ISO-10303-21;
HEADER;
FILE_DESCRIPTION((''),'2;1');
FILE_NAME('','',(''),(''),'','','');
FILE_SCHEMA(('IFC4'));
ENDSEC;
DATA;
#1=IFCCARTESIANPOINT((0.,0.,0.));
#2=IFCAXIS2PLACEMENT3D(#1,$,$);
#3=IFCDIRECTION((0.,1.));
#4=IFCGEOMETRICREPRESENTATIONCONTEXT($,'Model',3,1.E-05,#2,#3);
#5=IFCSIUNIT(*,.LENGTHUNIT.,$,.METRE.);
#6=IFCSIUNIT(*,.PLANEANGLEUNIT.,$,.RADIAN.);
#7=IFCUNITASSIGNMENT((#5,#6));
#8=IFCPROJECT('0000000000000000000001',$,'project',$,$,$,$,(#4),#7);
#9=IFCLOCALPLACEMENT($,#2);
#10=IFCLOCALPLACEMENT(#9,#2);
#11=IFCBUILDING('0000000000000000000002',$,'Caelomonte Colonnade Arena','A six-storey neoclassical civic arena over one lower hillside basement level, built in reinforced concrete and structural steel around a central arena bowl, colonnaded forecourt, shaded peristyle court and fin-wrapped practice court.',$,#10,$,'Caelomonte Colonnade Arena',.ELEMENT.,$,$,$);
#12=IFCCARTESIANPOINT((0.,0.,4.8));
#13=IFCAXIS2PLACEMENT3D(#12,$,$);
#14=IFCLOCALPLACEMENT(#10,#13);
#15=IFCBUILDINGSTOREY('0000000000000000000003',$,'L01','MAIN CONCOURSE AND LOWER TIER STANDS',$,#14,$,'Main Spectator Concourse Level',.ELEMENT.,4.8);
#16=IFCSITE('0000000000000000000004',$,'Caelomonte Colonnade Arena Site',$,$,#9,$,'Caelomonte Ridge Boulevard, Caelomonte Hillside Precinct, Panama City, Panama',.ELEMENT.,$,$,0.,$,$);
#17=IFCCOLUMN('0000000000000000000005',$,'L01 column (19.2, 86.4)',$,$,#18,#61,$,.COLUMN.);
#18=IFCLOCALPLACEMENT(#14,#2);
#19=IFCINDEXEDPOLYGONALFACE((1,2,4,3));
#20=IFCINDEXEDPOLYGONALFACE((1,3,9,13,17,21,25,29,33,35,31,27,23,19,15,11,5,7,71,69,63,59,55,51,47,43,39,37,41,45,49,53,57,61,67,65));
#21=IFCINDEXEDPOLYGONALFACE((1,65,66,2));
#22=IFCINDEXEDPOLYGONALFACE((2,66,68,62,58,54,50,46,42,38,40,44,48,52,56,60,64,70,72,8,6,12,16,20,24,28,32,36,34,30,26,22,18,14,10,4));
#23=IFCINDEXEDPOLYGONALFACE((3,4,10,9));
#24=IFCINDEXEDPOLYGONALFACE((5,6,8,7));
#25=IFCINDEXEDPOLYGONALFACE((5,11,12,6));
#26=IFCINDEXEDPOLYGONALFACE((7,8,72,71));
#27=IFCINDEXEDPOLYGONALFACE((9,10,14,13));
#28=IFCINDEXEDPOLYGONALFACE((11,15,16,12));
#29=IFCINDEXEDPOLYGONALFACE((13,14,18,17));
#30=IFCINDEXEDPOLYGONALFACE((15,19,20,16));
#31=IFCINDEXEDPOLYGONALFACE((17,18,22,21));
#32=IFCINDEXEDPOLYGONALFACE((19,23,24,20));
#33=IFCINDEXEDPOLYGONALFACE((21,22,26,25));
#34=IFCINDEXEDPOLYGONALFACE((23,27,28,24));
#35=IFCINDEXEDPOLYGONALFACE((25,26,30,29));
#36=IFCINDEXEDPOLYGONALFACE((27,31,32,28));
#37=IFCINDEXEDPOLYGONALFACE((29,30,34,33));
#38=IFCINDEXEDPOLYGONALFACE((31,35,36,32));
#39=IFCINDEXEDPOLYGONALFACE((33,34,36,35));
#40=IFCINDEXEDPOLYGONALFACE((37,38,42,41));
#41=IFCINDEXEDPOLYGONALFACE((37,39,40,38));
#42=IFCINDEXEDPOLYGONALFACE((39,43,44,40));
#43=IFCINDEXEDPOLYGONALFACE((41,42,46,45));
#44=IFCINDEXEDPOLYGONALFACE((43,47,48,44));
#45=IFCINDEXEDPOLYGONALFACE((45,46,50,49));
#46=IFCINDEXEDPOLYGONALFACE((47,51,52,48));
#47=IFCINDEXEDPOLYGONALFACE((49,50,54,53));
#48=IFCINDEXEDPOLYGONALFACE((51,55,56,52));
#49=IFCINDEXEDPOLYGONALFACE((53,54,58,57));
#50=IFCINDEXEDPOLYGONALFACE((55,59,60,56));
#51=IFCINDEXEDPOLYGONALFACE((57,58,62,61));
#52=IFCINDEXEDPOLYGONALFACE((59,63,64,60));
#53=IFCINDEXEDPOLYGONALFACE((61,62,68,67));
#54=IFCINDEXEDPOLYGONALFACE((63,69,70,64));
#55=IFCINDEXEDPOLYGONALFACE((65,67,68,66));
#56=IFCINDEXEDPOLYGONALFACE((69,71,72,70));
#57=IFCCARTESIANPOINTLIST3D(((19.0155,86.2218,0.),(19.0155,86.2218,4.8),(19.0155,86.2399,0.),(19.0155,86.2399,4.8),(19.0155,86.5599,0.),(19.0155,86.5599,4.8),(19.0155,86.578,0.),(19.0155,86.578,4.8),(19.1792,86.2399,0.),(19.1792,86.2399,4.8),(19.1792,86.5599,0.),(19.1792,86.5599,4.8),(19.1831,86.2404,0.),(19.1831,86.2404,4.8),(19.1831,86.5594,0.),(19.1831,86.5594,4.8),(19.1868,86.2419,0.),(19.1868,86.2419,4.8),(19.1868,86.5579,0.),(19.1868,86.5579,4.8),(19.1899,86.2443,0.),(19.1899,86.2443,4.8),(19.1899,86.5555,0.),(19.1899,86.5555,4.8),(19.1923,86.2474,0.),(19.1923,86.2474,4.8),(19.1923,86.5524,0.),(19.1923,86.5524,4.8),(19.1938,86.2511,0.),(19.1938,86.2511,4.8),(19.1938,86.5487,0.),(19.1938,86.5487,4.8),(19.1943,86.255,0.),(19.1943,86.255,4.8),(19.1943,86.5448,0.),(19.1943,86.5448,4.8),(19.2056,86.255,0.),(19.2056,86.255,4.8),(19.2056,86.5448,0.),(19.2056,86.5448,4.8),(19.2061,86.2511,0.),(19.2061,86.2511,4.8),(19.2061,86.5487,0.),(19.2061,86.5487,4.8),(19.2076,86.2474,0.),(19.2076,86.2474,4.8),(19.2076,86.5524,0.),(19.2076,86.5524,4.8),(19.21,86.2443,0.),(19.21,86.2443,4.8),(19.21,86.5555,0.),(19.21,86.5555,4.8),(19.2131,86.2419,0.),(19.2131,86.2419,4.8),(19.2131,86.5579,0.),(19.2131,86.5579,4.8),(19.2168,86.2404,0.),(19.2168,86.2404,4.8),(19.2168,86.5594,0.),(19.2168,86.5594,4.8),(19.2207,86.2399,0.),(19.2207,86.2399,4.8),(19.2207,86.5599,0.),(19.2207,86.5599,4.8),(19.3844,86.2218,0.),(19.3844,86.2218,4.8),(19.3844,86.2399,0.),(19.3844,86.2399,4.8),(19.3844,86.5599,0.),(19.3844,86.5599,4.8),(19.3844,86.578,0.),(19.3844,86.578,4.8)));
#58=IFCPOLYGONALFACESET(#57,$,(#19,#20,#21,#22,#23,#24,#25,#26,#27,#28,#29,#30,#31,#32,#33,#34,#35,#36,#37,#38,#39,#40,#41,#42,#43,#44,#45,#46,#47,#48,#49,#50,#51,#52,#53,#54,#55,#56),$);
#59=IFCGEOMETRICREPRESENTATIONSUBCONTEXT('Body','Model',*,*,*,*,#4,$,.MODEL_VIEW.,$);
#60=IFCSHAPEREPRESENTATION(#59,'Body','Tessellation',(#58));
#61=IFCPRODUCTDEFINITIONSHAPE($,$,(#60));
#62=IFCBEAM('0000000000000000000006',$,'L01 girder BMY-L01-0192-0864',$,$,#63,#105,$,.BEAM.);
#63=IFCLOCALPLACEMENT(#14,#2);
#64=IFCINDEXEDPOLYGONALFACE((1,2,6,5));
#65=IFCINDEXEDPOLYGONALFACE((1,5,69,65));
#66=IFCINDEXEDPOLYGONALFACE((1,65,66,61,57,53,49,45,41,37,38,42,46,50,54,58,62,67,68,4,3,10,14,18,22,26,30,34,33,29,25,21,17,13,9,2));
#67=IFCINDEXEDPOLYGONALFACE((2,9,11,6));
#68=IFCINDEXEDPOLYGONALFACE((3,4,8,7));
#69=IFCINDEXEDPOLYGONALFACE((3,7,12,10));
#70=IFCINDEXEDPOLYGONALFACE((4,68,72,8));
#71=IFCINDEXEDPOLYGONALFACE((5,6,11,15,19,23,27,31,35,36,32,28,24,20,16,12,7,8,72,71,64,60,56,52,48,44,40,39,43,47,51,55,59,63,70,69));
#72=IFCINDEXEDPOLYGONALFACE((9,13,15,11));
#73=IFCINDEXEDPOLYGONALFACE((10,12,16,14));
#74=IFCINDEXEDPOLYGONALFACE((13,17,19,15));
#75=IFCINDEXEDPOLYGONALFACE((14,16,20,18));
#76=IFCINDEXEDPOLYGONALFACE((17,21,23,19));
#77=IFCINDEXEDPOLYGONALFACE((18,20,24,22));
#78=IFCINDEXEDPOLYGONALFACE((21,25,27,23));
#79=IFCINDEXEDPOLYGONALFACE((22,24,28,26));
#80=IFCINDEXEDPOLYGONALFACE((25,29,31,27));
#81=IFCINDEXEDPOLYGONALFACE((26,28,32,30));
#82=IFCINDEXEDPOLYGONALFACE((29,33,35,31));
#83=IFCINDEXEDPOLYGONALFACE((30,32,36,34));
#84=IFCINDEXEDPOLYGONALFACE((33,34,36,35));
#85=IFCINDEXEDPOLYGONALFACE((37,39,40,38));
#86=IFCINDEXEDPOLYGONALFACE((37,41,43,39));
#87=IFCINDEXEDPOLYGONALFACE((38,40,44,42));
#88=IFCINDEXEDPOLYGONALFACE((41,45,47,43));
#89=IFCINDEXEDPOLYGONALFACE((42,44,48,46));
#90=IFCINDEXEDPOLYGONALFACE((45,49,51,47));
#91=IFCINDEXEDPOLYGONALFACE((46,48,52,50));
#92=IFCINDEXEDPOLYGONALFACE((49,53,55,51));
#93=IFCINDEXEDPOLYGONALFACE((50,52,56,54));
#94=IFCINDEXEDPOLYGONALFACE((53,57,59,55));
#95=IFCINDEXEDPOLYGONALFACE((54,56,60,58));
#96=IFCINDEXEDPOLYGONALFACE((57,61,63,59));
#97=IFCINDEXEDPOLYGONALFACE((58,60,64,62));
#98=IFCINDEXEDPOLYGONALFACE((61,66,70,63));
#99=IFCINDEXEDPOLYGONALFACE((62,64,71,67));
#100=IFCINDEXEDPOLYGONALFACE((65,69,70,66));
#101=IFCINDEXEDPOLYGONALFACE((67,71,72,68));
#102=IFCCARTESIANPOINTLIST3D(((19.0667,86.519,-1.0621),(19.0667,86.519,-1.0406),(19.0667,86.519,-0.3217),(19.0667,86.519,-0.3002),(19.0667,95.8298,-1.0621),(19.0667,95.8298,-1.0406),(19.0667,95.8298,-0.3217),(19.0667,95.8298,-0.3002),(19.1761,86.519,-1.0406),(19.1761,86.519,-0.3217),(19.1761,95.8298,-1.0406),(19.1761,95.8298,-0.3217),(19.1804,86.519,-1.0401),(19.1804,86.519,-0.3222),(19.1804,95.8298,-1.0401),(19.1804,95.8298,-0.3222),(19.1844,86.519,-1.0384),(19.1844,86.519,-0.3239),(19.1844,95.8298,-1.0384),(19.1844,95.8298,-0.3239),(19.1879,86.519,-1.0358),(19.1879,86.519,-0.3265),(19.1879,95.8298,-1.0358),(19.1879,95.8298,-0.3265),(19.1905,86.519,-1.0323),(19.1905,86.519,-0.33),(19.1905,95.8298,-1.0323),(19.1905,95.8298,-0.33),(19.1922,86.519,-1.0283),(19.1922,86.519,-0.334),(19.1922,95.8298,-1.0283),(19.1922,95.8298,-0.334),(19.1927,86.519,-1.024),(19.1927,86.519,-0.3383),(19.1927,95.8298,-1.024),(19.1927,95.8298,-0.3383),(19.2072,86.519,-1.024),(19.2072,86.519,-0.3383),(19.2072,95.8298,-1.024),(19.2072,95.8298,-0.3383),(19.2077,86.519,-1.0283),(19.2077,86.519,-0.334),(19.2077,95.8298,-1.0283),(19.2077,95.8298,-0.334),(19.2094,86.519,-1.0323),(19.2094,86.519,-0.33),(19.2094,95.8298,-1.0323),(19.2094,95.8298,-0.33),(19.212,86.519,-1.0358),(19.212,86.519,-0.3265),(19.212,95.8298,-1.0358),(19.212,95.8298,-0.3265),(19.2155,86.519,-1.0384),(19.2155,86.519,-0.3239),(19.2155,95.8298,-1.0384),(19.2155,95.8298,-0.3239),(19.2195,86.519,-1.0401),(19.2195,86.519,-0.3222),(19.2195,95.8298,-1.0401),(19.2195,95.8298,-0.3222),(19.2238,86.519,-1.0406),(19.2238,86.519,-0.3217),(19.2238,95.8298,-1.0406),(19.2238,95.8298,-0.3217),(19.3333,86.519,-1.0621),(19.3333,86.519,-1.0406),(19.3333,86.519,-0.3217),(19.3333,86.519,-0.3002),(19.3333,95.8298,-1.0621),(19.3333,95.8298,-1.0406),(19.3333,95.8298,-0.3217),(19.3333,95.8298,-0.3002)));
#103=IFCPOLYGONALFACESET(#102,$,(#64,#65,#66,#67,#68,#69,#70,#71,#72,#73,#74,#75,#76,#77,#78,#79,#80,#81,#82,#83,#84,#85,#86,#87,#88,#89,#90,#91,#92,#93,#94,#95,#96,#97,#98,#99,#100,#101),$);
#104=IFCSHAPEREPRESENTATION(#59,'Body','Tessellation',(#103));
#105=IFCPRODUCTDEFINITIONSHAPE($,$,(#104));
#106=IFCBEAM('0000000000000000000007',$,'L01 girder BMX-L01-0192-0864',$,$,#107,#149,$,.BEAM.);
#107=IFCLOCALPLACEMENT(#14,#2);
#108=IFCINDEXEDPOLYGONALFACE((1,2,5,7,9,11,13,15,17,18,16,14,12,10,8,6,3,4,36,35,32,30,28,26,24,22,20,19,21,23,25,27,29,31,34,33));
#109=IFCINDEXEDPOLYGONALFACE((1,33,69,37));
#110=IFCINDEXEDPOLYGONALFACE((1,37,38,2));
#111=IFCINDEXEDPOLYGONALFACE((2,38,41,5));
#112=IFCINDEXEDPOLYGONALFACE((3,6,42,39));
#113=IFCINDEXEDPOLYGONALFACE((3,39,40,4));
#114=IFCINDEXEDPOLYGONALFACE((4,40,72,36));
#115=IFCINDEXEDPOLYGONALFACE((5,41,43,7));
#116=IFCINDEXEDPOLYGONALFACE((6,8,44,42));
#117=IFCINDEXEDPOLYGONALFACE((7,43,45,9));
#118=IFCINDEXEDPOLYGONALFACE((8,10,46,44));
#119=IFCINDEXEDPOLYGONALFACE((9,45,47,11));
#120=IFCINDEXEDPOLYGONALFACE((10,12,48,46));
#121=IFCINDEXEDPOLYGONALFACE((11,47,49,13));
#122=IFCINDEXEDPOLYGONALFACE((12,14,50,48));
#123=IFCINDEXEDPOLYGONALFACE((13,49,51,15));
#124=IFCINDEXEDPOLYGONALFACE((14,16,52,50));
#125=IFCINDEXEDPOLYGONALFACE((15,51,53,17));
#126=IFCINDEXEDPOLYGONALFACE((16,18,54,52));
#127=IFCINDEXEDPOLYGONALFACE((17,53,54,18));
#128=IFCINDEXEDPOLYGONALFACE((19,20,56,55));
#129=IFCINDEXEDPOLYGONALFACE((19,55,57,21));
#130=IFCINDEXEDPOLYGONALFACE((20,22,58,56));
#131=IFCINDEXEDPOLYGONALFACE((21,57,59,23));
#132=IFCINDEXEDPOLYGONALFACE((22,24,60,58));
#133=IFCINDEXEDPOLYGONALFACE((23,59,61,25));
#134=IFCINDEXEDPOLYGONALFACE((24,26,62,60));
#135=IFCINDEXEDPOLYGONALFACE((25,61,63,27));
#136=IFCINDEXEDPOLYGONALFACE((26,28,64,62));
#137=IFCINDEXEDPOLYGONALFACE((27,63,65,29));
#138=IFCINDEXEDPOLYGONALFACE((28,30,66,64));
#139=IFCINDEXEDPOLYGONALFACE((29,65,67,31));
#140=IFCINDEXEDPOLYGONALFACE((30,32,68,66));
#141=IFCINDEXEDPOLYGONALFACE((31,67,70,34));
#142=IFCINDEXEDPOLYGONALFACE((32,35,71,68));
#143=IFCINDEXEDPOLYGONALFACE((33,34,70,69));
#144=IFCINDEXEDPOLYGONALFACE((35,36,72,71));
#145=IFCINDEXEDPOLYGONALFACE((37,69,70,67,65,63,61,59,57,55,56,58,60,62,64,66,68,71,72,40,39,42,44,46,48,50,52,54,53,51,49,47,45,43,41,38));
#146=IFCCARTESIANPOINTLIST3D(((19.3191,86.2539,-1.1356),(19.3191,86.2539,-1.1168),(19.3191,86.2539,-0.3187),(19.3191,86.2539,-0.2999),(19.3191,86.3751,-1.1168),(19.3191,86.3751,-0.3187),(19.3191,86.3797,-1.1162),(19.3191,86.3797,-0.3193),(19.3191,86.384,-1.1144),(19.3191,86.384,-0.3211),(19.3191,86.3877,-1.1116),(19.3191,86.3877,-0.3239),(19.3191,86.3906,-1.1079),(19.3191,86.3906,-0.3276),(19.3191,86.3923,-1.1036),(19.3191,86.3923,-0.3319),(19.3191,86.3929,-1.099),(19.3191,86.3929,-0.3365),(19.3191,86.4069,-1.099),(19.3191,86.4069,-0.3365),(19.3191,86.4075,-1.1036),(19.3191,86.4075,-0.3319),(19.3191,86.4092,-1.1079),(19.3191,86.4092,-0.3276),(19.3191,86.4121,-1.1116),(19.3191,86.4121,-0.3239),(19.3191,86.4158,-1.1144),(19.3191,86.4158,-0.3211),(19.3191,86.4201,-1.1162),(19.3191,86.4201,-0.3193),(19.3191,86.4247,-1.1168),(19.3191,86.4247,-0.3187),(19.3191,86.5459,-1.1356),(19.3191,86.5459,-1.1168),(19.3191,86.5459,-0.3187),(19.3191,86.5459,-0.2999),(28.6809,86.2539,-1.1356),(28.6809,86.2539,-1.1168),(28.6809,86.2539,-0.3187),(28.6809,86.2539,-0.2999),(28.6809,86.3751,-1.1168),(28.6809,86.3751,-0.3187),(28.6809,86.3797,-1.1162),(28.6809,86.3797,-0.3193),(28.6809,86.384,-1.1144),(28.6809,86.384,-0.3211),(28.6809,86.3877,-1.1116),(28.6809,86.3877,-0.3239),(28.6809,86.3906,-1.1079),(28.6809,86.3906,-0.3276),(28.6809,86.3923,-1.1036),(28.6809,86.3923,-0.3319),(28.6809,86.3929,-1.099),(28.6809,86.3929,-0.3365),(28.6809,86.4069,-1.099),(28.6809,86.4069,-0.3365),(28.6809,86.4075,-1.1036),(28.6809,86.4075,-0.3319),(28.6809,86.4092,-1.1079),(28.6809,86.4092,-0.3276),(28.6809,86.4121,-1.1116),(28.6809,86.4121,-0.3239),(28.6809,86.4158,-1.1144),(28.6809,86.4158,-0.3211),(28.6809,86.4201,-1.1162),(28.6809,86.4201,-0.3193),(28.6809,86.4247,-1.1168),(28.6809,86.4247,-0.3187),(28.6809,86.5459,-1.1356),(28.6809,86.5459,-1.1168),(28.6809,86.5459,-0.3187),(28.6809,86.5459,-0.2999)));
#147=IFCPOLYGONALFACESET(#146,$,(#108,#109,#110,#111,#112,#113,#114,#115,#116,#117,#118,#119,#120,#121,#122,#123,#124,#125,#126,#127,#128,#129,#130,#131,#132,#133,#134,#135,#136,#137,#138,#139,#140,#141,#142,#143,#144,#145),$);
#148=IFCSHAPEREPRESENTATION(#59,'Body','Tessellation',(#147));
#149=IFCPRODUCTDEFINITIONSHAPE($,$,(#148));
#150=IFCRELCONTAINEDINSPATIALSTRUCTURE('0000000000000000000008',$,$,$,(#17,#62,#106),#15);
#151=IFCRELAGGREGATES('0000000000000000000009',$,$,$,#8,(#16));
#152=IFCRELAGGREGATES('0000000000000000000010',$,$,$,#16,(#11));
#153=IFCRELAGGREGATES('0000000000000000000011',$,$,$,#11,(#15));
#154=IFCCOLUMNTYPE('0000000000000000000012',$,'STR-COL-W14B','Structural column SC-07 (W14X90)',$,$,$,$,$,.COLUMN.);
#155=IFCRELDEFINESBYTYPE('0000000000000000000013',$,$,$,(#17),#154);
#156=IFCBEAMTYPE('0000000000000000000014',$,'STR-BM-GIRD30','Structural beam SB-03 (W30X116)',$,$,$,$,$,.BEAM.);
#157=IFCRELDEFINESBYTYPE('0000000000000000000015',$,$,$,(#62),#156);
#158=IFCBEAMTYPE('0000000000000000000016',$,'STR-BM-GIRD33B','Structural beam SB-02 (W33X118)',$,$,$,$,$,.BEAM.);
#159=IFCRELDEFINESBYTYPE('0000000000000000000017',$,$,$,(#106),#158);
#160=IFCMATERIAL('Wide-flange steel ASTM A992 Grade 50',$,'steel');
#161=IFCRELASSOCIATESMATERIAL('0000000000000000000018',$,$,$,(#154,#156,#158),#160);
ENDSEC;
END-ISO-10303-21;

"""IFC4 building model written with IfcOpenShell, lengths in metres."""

from ifc_helpers import new_model, si_unit, direction, frame, origin, origin_2d, place, context, subcontext, project, spatial, i_section, extrude, material, material_profile, profile_set, type_object, element, save


model = new_model("IFC4")

# Units and contexts
model_context = context("Model", 3, precision=1e-05, world=origin(), true_north=direction((0.0, 1.0)))
body_context = subcontext(model_context, "Body", "Model", "MODEL_VIEW")
ifc_project = project(units=[si_unit("LENGTHUNIT", "METRE"), si_unit("PLANEANGLEUNIT", "RADIAN")], contexts=[model_context])

# Site, building, storey
site_placement = place(None, origin())
site = spatial("IfcSite", under=ifc_project, at=site_placement, Name="Caelomonte Colonnade Arena Site", LongName="Caelomonte Ridge Boulevard, Caelomonte Hillside Precinct, Panama City, Panama", CompositionType="ELEMENT", RefElevation=0.0)
building_placement = place(site_placement, origin())
building = spatial("IfcBuilding", under=site, at=building_placement, Name="Caelomonte Colonnade Arena", Description="A six-storey neoclassical civic arena over one lower hillside basement level, built in reinforced concrete and structural steel around a central arena bowl, colonnaded forecourt, shaded peristyle court and fin-wrapped practice court.", LongName="Caelomonte Colonnade Arena", CompositionType="ELEMENT")
storey_placement = place(building_placement, frame((0.0, 0.0, 4.8)))
storey = spatial("IfcBuildingStorey", under=building, at=storey_placement, Name="L01", Description="MAIN CONCOURSE AND LOWER TIER STANDS", LongName="Main Spectator Concourse Level", CompositionType="ELEMENT", Elevation=4.8)

# Column
ifc_material_1 = material(Name="Wide-flange steel ASTM A992 Grade 50", Category="steel")
ifc_material_profile_1 = material_profile(ifc_material_1, i_section(OverallWidth=0.3689, OverallDepth=0.3562, WebThickness=0.0112, FlangeThickness=0.0181, FilletRadius=0.0151, at=origin_2d()), Name="W14X90")
ifc_profile_set_1 = profile_set([ifc_material_profile_1], Name="Wide-flange steel ASTM A992 Grade 50")
column_type = type_object("IfcColumnType", Name="STR-COL-W14B", Description="Structural column SC-07 (W14X90)", PredefinedType="COLUMN", material=ifc_profile_set_1)
column_placement = place(storey_placement, frame((19.2, 86.3999, 0.0), z_axis=(0.0, 0.0, 1.0), x_axis=(1.0, 0.0, 0.0)))
element("IfcColumn", 1, at=column_placement, inside=storey, type_object=column_type, Name="L01 column (19.2, 86.4)", PredefinedType="COLUMN", context=body_context, shape_type="SweptSolid", body=[
    extrude(i_section(OverallWidth=0.3689, OverallDepth=0.3562, WebThickness=0.0112, FlangeThickness=0.0181, FilletRadius=0.0151, at=origin_2d()), origin(), (0.0, 0.0, 1.0), 4.8),
])

# Beams
ifc_material_profile_2 = material_profile(ifc_material_1, i_section(OverallWidth=0.2666, OverallDepth=0.762, WebThickness=0.0144, FlangeThickness=0.0215, FilletRadius=0.0166, at=origin_2d()), Name="W30X116")
ifc_profile_set_2 = profile_set([ifc_material_profile_2], Name="Wide-flange steel ASTM A992 Grade 50")
beam_type_1 = type_object("IfcBeamType", Name="STR-BM-GIRD30", Description="Structural beam SB-03 (W30X116)", PredefinedType="BEAM", material=ifc_profile_set_2)
beam_1_placement = place(storey_placement, frame((19.2, 86.519, -0.6812), z_axis=(0.0, 1.0, 0.0), x_axis=(-1.0, 0.0, 0.0)))
element("IfcBeam", 2, at=beam_1_placement, inside=storey, type_object=beam_type_1, Name="L01 girder BMY-L01-0192-0864", PredefinedType="BEAM", context=body_context, shape_type="SweptSolid", body=[
    extrude(i_section(OverallWidth=0.2666, OverallDepth=0.762, WebThickness=0.0144, FlangeThickness=0.0215, FilletRadius=0.0166, at=origin_2d()), origin(), (0.0, 0.0, 1.0), 9.3108),
])
ifc_material_profile_3 = material_profile(ifc_material_1, i_section(OverallWidth=0.292, OverallDepth=0.8357, WebThickness=0.0139, FlangeThickness=0.0188, FilletRadius=0.0178, at=origin_2d()), Name="W33X118")
ifc_profile_set_3 = profile_set([ifc_material_profile_3], Name="Wide-flange steel ASTM A992 Grade 50")
beam_type_2 = type_object("IfcBeamType", Name="STR-BM-GIRD33B", Description="Structural beam SB-02 (W33X118)", PredefinedType="BEAM", material=ifc_profile_set_3)
beam_2_placement = place(storey_placement, frame((19.3191, 86.3999, -0.7178), z_axis=(1.0, 0.0, 0.0), x_axis=(0.0, 1.0, 0.0)))
element("IfcBeam", 3, at=beam_2_placement, inside=storey, type_object=beam_type_2, Name="L01 girder BMX-L01-0192-0864", PredefinedType="BEAM", context=body_context, shape_type="SweptSolid", body=[
    extrude(i_section(OverallWidth=0.292, OverallDepth=0.8357, WebThickness=0.0139, FlangeThickness=0.0188, FilletRadius=0.0178, at=origin_2d()), origin(), (0.0, 0.0, 1.0), 9.3618),
])

save(model, "model.ifc")
